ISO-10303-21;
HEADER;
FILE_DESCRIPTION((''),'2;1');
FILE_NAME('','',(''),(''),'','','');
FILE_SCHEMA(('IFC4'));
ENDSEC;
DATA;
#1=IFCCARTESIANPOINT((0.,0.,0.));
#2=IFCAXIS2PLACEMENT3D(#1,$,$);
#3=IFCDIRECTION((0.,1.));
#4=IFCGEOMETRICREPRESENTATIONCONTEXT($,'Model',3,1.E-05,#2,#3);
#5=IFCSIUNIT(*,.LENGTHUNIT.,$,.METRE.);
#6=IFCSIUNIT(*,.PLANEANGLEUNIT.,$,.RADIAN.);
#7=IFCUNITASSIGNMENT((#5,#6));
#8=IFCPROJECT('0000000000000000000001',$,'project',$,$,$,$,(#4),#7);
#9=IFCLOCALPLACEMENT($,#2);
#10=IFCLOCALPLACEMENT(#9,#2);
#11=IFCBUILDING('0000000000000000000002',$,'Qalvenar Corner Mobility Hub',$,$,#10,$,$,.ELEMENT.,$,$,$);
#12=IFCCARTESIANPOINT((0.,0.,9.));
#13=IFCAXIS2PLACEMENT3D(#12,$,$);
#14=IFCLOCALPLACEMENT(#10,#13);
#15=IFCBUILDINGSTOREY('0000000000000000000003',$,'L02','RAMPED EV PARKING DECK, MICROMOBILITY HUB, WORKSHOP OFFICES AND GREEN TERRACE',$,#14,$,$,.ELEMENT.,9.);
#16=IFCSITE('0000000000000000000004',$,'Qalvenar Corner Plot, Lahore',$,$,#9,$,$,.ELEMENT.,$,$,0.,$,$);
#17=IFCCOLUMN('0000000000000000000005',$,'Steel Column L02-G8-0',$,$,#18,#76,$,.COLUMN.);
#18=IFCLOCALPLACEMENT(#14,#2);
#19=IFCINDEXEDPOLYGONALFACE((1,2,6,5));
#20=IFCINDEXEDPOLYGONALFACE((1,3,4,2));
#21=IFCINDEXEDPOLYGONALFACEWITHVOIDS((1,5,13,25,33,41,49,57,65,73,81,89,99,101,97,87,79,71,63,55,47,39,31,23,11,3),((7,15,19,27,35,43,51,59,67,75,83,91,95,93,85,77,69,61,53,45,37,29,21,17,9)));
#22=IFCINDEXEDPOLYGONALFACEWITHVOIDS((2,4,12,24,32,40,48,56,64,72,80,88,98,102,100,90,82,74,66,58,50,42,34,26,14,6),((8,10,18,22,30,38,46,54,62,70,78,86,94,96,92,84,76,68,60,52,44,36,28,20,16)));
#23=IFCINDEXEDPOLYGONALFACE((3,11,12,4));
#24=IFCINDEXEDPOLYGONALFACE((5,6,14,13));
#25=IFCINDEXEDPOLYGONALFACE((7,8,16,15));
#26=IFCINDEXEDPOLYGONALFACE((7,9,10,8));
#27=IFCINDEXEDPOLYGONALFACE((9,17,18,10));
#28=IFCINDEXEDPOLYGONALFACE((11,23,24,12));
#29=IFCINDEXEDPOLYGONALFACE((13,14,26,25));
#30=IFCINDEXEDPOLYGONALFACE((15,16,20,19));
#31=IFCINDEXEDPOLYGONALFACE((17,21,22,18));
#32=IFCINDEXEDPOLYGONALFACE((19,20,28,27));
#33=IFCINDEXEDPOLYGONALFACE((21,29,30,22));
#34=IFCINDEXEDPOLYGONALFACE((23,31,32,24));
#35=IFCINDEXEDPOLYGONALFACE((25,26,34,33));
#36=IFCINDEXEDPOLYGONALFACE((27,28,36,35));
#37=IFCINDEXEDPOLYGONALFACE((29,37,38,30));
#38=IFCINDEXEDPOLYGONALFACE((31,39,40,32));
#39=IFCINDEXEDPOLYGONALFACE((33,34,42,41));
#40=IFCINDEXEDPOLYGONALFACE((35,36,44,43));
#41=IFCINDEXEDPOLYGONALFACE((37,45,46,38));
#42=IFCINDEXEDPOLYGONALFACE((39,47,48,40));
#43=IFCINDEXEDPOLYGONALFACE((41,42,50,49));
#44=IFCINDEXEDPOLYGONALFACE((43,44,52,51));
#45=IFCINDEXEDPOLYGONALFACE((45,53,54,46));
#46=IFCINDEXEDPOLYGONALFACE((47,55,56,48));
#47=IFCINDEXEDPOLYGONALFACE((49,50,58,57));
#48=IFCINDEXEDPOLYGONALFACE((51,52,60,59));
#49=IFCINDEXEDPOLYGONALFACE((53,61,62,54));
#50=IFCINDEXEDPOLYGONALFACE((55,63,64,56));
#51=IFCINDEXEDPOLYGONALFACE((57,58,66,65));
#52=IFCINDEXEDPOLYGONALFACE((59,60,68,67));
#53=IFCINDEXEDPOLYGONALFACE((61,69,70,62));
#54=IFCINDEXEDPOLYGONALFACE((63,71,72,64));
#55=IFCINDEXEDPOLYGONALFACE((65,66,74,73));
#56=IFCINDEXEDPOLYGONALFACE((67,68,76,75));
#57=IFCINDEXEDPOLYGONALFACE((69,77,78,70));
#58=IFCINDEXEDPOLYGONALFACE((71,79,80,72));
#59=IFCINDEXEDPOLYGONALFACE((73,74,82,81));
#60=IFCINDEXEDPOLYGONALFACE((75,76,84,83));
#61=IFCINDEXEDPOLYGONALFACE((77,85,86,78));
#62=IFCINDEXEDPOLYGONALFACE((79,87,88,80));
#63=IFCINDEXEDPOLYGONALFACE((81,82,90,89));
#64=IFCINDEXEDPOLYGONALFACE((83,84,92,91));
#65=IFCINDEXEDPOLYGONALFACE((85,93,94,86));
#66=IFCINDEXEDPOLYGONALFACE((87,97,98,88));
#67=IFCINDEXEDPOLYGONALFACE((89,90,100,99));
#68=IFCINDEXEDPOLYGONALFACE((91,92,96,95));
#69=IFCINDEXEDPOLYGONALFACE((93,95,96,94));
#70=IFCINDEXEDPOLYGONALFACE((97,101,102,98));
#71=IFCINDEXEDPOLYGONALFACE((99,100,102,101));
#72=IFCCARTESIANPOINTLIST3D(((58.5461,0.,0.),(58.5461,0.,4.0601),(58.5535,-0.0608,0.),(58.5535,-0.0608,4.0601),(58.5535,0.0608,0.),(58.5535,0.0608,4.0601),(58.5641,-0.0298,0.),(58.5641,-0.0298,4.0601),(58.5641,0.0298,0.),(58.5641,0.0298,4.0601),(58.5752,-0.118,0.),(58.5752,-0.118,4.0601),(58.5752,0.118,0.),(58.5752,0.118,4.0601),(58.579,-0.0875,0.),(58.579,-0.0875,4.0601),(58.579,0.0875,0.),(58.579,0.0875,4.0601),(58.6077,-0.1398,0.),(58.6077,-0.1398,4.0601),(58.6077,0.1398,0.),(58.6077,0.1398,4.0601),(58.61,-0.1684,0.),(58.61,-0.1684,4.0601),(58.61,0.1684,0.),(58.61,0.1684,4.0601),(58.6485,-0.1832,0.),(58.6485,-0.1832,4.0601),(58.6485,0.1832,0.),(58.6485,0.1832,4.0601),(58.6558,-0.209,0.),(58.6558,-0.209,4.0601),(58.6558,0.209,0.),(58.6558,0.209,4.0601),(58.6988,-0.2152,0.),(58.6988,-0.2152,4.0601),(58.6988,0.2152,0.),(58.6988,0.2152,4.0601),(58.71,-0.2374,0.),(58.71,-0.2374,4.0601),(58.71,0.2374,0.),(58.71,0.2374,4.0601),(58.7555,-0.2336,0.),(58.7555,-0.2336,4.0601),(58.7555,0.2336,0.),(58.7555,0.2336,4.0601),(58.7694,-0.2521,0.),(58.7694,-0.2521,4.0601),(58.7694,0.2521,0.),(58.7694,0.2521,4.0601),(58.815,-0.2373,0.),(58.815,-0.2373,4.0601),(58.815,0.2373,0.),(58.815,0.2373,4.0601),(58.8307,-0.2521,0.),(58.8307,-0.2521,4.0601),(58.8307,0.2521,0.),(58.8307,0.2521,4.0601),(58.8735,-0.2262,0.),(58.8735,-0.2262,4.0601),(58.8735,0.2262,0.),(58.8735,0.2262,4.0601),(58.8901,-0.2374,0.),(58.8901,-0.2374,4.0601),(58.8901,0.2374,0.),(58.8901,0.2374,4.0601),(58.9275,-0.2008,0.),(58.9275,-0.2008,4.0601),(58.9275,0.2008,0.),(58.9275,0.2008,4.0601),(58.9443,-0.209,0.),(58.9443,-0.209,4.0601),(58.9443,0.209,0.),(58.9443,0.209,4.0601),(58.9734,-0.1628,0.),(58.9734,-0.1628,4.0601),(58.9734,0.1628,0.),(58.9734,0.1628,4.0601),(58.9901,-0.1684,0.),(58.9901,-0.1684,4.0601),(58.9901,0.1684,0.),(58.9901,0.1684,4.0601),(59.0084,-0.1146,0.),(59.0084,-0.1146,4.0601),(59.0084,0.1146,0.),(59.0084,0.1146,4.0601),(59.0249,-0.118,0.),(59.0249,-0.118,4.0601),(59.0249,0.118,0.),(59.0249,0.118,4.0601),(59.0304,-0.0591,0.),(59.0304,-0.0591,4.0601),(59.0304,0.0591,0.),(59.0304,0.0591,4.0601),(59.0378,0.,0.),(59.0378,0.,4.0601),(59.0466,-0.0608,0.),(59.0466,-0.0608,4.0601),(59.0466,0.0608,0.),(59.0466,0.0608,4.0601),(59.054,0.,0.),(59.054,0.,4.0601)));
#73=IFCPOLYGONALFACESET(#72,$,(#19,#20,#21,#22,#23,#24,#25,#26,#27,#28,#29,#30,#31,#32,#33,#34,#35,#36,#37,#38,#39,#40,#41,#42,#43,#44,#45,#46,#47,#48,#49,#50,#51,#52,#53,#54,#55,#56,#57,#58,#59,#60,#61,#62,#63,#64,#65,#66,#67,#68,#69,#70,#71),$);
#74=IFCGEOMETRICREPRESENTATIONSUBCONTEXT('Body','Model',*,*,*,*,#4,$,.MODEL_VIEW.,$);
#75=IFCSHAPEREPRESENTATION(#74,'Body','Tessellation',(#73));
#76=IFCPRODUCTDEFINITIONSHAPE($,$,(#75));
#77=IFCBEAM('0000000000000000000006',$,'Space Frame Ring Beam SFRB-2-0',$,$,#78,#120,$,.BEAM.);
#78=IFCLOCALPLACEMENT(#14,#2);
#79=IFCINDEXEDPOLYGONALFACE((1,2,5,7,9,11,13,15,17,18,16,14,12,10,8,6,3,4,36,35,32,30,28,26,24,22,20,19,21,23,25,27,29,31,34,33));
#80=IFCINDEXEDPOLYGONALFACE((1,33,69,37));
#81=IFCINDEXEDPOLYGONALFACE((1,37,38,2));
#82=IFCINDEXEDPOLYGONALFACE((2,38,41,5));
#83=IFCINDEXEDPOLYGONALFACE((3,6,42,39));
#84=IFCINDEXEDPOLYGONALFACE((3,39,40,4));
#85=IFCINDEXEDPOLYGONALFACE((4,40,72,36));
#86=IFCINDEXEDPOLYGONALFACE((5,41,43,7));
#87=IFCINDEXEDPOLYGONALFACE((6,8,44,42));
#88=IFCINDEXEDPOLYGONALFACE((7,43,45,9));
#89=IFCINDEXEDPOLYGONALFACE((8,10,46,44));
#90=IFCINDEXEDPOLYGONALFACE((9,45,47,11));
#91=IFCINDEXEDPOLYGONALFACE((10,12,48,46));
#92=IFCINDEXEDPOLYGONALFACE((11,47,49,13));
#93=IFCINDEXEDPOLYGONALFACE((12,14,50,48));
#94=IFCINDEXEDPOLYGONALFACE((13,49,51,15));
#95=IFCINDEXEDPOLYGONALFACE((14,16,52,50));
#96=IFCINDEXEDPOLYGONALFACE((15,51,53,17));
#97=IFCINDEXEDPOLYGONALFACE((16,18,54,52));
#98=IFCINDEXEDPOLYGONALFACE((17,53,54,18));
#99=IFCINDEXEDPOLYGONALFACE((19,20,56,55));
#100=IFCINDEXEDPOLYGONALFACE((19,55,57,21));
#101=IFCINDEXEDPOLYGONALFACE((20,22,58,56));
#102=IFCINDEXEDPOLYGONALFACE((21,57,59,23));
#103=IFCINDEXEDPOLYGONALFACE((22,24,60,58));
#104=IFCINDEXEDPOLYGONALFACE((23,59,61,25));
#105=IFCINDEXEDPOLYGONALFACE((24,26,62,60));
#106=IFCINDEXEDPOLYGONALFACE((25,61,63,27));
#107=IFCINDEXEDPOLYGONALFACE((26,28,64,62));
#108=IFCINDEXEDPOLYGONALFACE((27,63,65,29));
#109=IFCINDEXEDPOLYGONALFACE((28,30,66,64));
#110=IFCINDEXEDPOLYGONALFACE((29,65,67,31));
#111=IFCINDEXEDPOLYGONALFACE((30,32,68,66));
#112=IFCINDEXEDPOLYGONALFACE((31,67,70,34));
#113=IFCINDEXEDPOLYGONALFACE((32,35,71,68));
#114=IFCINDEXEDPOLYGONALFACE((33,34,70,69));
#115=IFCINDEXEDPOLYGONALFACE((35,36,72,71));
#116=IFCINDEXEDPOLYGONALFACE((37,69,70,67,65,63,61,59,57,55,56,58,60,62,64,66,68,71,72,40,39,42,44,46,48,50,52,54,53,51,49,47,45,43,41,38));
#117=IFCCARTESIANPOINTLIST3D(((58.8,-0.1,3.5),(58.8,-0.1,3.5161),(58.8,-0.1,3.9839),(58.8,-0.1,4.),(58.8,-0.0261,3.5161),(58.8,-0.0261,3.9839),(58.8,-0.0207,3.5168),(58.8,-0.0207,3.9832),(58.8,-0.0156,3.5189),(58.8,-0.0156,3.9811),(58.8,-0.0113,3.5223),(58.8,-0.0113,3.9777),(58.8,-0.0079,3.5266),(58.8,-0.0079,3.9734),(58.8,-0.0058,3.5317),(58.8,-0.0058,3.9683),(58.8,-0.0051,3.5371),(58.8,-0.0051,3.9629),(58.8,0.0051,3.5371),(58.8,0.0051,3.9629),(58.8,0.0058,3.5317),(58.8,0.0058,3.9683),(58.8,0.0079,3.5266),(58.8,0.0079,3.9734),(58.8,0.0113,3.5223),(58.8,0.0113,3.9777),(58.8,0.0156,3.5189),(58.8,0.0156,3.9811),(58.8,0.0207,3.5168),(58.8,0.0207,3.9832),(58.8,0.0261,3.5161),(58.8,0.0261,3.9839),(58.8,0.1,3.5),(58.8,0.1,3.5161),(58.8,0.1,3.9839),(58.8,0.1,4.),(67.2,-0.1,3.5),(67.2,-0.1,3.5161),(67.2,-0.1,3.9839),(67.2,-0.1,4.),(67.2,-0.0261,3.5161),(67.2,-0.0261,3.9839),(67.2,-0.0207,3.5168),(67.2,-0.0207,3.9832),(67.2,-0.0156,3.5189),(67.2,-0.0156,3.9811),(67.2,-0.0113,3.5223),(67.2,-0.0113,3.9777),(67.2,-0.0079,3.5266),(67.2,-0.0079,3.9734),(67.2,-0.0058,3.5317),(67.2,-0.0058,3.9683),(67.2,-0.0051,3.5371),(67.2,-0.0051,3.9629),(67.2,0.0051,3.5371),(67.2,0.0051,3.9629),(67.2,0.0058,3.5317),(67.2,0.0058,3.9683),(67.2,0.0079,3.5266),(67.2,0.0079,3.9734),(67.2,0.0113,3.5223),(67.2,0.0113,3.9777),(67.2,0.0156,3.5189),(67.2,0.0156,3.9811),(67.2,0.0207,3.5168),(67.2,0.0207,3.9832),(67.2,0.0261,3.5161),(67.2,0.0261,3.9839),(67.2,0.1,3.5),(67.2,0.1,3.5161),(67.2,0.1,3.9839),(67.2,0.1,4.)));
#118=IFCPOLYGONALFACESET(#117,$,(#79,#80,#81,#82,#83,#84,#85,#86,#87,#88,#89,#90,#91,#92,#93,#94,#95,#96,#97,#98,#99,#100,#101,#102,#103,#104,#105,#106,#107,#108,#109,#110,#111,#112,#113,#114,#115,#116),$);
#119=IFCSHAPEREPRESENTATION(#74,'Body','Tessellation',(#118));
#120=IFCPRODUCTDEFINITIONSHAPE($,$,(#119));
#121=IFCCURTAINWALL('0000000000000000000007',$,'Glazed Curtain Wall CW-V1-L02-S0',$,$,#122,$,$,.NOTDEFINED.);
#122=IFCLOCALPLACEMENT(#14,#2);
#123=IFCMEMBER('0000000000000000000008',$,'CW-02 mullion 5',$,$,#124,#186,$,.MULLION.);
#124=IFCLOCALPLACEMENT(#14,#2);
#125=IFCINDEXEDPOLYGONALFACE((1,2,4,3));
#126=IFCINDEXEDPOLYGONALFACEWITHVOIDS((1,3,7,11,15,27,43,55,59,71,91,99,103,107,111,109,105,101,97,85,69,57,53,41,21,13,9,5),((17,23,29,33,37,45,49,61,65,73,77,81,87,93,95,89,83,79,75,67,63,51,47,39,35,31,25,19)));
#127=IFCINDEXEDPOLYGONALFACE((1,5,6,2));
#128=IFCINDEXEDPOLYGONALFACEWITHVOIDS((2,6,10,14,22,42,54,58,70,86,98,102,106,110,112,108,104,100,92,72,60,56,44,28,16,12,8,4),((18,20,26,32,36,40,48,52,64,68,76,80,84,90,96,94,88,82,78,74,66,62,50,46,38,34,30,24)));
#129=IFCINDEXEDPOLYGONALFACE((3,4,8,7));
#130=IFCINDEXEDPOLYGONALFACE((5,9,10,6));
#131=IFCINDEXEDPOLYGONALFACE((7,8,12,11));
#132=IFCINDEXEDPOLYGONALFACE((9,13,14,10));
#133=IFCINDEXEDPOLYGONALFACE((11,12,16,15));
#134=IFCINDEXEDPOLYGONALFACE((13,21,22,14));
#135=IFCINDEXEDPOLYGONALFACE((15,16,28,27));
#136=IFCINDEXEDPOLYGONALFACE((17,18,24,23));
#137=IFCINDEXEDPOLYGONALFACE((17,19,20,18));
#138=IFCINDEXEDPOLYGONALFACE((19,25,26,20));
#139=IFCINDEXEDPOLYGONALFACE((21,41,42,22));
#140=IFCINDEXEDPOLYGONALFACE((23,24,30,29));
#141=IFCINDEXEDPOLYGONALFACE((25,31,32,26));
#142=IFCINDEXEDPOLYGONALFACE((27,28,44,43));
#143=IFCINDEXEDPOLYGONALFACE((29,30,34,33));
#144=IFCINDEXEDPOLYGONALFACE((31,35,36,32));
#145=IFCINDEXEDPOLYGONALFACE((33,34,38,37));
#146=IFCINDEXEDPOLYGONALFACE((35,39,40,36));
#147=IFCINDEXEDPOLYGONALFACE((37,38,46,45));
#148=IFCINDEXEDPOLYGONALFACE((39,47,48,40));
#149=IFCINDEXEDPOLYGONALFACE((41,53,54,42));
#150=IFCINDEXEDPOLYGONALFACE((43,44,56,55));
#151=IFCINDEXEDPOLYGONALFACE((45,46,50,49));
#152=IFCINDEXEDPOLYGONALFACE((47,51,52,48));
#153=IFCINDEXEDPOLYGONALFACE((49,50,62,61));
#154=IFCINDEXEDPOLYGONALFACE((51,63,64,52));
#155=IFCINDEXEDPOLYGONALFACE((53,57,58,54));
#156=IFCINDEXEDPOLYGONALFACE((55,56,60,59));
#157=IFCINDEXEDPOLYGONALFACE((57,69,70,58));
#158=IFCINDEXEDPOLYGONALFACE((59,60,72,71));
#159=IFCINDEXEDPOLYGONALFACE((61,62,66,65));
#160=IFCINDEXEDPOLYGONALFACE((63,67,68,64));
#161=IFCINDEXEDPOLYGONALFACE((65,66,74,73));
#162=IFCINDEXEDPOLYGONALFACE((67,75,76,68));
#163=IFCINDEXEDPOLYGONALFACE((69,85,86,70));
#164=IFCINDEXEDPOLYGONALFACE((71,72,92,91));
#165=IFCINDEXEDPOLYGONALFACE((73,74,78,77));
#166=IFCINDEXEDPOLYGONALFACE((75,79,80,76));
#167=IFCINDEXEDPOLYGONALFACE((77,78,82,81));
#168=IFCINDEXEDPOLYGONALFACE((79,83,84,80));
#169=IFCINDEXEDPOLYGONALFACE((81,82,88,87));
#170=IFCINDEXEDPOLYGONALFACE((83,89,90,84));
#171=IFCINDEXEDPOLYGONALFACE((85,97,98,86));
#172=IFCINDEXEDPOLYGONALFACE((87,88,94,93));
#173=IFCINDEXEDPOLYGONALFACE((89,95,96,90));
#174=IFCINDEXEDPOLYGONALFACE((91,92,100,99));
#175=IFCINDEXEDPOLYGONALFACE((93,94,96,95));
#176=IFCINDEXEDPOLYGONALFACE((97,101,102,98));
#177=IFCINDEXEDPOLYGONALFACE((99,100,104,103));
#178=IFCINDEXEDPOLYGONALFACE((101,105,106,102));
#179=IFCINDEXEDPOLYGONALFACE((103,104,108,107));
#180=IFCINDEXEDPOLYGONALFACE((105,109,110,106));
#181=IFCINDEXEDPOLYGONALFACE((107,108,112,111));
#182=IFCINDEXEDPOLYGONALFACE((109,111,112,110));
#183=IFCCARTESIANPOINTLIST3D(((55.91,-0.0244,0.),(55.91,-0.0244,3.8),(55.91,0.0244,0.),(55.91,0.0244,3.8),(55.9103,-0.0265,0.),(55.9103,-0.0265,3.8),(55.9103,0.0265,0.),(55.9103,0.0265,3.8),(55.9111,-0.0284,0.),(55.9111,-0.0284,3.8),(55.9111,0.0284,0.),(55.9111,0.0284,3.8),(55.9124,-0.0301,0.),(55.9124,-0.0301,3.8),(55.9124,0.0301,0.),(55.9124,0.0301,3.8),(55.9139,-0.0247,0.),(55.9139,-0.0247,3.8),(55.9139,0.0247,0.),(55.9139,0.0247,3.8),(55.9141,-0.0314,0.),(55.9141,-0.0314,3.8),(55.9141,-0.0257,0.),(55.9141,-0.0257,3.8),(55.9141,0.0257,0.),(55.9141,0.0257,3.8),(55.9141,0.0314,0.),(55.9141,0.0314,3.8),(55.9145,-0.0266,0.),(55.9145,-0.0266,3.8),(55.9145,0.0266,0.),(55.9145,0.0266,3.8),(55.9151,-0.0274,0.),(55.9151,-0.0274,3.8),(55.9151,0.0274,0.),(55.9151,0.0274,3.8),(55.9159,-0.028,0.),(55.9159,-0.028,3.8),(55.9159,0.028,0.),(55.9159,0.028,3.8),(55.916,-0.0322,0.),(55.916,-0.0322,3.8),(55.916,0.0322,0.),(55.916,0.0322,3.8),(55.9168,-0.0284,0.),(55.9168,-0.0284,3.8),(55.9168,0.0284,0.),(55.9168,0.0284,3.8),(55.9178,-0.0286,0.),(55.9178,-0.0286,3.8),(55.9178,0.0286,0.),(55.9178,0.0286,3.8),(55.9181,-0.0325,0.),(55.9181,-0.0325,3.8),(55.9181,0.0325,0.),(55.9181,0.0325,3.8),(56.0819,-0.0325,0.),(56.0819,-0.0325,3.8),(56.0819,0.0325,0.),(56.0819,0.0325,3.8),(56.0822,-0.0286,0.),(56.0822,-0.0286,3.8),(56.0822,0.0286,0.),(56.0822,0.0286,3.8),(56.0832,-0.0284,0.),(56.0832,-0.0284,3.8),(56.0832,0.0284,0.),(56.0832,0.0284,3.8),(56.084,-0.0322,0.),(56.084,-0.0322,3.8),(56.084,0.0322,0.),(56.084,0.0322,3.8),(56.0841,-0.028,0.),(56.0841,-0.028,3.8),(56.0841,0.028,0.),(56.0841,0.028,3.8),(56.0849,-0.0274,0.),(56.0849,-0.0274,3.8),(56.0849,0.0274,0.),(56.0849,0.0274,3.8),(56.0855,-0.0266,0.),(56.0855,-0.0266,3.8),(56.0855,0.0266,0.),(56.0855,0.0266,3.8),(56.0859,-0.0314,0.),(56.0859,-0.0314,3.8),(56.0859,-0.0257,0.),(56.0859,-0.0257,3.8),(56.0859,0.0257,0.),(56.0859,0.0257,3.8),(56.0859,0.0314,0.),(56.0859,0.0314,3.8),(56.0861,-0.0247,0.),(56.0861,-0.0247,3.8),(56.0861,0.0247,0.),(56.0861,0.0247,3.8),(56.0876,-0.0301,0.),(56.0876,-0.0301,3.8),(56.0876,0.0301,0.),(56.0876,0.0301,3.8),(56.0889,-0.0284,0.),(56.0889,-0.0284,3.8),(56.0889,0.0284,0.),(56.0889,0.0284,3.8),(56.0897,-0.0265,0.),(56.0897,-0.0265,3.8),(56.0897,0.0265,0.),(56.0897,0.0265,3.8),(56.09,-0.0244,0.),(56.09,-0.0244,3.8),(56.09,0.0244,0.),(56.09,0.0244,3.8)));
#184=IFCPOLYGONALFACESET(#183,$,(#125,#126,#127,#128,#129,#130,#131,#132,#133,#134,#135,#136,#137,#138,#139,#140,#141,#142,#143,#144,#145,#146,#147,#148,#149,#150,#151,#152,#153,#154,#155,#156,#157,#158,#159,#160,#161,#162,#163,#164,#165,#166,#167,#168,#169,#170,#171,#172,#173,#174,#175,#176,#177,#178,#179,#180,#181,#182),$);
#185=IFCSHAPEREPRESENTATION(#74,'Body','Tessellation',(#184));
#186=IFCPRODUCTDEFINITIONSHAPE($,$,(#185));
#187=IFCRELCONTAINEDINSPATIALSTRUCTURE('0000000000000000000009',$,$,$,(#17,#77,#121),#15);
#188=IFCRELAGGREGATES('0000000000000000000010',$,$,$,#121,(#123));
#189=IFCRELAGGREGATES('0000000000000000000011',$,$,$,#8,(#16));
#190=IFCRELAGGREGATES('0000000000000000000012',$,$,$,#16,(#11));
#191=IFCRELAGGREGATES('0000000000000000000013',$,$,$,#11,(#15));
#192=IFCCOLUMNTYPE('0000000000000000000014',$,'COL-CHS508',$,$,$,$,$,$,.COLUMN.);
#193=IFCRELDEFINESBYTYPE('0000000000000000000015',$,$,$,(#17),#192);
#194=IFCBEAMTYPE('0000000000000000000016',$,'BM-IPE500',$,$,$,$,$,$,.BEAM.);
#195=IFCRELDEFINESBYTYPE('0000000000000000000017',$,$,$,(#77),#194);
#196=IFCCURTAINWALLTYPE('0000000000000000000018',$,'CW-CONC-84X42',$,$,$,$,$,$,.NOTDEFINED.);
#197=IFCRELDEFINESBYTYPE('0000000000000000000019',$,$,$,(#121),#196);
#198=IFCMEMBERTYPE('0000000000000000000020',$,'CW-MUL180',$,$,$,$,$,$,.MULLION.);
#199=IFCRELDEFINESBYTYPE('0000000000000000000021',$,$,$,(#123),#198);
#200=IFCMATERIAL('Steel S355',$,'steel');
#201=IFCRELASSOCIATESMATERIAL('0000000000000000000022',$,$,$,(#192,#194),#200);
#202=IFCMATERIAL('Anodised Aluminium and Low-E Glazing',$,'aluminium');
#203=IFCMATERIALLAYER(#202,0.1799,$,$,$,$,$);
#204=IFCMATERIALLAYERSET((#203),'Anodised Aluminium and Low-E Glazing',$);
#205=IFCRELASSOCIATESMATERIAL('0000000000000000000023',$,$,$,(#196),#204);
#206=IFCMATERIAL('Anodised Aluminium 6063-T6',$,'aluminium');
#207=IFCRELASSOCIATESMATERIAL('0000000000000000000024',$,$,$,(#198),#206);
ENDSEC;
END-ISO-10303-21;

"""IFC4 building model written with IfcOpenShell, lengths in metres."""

from ifc_helpers import new_model, si_unit, direction, frame, origin, origin_2d, place, context, subcontext, project, spatial, hollow_rectangle, hollow_circle, i_section, extrude, material, layer, layer_set, material_profile, profile_set, type_object, element, aggregate, save


model = new_model("IFC4")

# Units and contexts
model_context = context("Model", 3, precision=1e-05, world=origin(), true_north=direction((0.0, 1.0)))
body_context = subcontext(model_context, "Body", "Model", "MODEL_VIEW")
ifc_project = project(units=[si_unit("LENGTHUNIT", "METRE"), si_unit("PLANEANGLEUNIT", "RADIAN")], contexts=[model_context])

# Site, building, storey
site_placement = place(None, origin())
site = spatial("IfcSite", under=ifc_project, at=site_placement, Name="Qalvenar Corner Plot, Lahore", CompositionType="ELEMENT", RefElevation=0.0)
building_placement = place(site_placement, origin())
building = spatial("IfcBuilding", under=site, at=building_placement, Name="Qalvenar Corner Mobility Hub", CompositionType="ELEMENT")
storey_placement = place(building_placement, frame((0.0, 0.0, 9.0)))
storey = spatial("IfcBuildingStorey", under=building, at=storey_placement, Name="L02", Description="RAMPED EV PARKING DECK, MICROMOBILITY HUB, WORKSHOP OFFICES AND GREEN TERRACE", CompositionType="ELEMENT", Elevation=9.0)

# Column
ifc_material_1 = material(Name="Steel S355", Category="steel")
ifc_material_profile_1 = material_profile(ifc_material_1, hollow_circle(Radius=0.2539, WallThickness=0.0161, at=origin_2d()), Name="CHS508x16")
ifc_profile_set_1 = profile_set([ifc_material_profile_1], Name="Steel S355")
column_type = type_object("IfcColumnType", Name="COL-CHS508", PredefinedType="COLUMN", material=ifc_profile_set_1)
column_placement = place(storey_placement, frame((58.8, 0.0, 0.0), z_axis=(0.0, 0.0, 1.0), x_axis=(1.0, 0.0, 0.0)))
element("IfcColumn", 1, at=column_placement, inside=storey, type_object=column_type, Name="Steel Column L02-G8-0", PredefinedType="COLUMN", context=body_context, shape_type="SweptSolid", body=[
    extrude(hollow_circle(Radius=0.2539, WallThickness=0.0161, at=origin_2d()), origin(), (0.0, 0.0, 1.0), 4.0601),
])

# Beam
ifc_material_profile_2 = material_profile(ifc_material_1, i_section(OverallWidth=0.2, OverallDepth=0.5, WebThickness=0.0103, FlangeThickness=0.0161, FilletRadius=0.021, at=origin_2d()), Name="IPE500")
ifc_profile_set_2 = profile_set([ifc_material_profile_2], Name="Steel S355")
beam_type = type_object("IfcBeamType", Name="BM-IPE500", PredefinedType="BEAM", material=ifc_profile_set_2)
beam_placement = place(storey_placement, frame((58.8, 0.0, 3.75), z_axis=(1.0, 0.0, 0.0), x_axis=(0.0, 1.0, 0.0)))
element("IfcBeam", 2, at=beam_placement, inside=storey, type_object=beam_type, Name="Space Frame Ring Beam SFRB-2-0", PredefinedType="BEAM", context=body_context, shape_type="SweptSolid", body=[
    extrude(i_section(OverallWidth=0.2, OverallDepth=0.5, WebThickness=0.0103, FlangeThickness=0.0161, FilletRadius=0.021, at=origin_2d()), origin(), (0.0, 0.0, 1.0), 8.3999),
])

# Curtain wall, member
ifc_material_2 = material(Name="Anodised Aluminium and Low-E Glazing", Category="aluminium")
ifc_layer_1 = layer(ifc_material_2, 0.1799)
ifc_layer_set_1 = layer_set([ifc_layer_1], Name="Anodised Aluminium and Low-E Glazing")
curtain_wall_type = type_object("IfcCurtainWallType", Name="CW-CONC-84X42", PredefinedType="NOTDEFINED", material=ifc_layer_set_1)
curtain_wall_1_placement = place(storey_placement, origin())
curtain_wall_1 = element("IfcCurtainWall", 3, at=curtain_wall_1_placement, inside=storey, type_object=curtain_wall_type, Name="Glazed Curtain Wall CW-V1-L02-S0", PredefinedType="NOTDEFINED")
ifc_material_3 = material(Name="Anodised Aluminium 6063-T6", Category="aluminium")
ifc_material_profile_3 = material_profile(ifc_material_3, hollow_rectangle(XDim=0.0649, YDim=0.1799, WallThickness=0.0039, InnerFilletRadius=0.0039, OuterFilletRadius=0.0081, at=origin_2d()), Name="RHS180x65x4")
ifc_profile_set_3 = profile_set([ifc_material_profile_3], Name="Anodised Aluminium 6063-T6")
member_type_1 = type_object("IfcMemberType", Name="CW-MUL180", PredefinedType="MULLION", material=ifc_profile_set_3)
member_1_placement = place(storey_placement, frame((56.0, 0.0, 0.0), z_axis=(0.0, 0.0, 1.0), x_axis=(0.0, 1.0, 0.0)))
member_1 = element("IfcMember", 4, at=member_1_placement, type_object=member_type_1, Name="CW-02 mullion 5", PredefinedType="MULLION", context=body_context, shape_type="SweptSolid", body=[
    extrude(hollow_rectangle(XDim=0.0649, YDim=0.1799, WallThickness=0.0039, InnerFilletRadius=0.0039, OuterFilletRadius=0.0081, at=origin_2d()), origin(), (0.0, 0.0, 1.0), 3.8),
])

aggregate(curtain_wall_1, [member_1])

save(model, "model.ifc")
